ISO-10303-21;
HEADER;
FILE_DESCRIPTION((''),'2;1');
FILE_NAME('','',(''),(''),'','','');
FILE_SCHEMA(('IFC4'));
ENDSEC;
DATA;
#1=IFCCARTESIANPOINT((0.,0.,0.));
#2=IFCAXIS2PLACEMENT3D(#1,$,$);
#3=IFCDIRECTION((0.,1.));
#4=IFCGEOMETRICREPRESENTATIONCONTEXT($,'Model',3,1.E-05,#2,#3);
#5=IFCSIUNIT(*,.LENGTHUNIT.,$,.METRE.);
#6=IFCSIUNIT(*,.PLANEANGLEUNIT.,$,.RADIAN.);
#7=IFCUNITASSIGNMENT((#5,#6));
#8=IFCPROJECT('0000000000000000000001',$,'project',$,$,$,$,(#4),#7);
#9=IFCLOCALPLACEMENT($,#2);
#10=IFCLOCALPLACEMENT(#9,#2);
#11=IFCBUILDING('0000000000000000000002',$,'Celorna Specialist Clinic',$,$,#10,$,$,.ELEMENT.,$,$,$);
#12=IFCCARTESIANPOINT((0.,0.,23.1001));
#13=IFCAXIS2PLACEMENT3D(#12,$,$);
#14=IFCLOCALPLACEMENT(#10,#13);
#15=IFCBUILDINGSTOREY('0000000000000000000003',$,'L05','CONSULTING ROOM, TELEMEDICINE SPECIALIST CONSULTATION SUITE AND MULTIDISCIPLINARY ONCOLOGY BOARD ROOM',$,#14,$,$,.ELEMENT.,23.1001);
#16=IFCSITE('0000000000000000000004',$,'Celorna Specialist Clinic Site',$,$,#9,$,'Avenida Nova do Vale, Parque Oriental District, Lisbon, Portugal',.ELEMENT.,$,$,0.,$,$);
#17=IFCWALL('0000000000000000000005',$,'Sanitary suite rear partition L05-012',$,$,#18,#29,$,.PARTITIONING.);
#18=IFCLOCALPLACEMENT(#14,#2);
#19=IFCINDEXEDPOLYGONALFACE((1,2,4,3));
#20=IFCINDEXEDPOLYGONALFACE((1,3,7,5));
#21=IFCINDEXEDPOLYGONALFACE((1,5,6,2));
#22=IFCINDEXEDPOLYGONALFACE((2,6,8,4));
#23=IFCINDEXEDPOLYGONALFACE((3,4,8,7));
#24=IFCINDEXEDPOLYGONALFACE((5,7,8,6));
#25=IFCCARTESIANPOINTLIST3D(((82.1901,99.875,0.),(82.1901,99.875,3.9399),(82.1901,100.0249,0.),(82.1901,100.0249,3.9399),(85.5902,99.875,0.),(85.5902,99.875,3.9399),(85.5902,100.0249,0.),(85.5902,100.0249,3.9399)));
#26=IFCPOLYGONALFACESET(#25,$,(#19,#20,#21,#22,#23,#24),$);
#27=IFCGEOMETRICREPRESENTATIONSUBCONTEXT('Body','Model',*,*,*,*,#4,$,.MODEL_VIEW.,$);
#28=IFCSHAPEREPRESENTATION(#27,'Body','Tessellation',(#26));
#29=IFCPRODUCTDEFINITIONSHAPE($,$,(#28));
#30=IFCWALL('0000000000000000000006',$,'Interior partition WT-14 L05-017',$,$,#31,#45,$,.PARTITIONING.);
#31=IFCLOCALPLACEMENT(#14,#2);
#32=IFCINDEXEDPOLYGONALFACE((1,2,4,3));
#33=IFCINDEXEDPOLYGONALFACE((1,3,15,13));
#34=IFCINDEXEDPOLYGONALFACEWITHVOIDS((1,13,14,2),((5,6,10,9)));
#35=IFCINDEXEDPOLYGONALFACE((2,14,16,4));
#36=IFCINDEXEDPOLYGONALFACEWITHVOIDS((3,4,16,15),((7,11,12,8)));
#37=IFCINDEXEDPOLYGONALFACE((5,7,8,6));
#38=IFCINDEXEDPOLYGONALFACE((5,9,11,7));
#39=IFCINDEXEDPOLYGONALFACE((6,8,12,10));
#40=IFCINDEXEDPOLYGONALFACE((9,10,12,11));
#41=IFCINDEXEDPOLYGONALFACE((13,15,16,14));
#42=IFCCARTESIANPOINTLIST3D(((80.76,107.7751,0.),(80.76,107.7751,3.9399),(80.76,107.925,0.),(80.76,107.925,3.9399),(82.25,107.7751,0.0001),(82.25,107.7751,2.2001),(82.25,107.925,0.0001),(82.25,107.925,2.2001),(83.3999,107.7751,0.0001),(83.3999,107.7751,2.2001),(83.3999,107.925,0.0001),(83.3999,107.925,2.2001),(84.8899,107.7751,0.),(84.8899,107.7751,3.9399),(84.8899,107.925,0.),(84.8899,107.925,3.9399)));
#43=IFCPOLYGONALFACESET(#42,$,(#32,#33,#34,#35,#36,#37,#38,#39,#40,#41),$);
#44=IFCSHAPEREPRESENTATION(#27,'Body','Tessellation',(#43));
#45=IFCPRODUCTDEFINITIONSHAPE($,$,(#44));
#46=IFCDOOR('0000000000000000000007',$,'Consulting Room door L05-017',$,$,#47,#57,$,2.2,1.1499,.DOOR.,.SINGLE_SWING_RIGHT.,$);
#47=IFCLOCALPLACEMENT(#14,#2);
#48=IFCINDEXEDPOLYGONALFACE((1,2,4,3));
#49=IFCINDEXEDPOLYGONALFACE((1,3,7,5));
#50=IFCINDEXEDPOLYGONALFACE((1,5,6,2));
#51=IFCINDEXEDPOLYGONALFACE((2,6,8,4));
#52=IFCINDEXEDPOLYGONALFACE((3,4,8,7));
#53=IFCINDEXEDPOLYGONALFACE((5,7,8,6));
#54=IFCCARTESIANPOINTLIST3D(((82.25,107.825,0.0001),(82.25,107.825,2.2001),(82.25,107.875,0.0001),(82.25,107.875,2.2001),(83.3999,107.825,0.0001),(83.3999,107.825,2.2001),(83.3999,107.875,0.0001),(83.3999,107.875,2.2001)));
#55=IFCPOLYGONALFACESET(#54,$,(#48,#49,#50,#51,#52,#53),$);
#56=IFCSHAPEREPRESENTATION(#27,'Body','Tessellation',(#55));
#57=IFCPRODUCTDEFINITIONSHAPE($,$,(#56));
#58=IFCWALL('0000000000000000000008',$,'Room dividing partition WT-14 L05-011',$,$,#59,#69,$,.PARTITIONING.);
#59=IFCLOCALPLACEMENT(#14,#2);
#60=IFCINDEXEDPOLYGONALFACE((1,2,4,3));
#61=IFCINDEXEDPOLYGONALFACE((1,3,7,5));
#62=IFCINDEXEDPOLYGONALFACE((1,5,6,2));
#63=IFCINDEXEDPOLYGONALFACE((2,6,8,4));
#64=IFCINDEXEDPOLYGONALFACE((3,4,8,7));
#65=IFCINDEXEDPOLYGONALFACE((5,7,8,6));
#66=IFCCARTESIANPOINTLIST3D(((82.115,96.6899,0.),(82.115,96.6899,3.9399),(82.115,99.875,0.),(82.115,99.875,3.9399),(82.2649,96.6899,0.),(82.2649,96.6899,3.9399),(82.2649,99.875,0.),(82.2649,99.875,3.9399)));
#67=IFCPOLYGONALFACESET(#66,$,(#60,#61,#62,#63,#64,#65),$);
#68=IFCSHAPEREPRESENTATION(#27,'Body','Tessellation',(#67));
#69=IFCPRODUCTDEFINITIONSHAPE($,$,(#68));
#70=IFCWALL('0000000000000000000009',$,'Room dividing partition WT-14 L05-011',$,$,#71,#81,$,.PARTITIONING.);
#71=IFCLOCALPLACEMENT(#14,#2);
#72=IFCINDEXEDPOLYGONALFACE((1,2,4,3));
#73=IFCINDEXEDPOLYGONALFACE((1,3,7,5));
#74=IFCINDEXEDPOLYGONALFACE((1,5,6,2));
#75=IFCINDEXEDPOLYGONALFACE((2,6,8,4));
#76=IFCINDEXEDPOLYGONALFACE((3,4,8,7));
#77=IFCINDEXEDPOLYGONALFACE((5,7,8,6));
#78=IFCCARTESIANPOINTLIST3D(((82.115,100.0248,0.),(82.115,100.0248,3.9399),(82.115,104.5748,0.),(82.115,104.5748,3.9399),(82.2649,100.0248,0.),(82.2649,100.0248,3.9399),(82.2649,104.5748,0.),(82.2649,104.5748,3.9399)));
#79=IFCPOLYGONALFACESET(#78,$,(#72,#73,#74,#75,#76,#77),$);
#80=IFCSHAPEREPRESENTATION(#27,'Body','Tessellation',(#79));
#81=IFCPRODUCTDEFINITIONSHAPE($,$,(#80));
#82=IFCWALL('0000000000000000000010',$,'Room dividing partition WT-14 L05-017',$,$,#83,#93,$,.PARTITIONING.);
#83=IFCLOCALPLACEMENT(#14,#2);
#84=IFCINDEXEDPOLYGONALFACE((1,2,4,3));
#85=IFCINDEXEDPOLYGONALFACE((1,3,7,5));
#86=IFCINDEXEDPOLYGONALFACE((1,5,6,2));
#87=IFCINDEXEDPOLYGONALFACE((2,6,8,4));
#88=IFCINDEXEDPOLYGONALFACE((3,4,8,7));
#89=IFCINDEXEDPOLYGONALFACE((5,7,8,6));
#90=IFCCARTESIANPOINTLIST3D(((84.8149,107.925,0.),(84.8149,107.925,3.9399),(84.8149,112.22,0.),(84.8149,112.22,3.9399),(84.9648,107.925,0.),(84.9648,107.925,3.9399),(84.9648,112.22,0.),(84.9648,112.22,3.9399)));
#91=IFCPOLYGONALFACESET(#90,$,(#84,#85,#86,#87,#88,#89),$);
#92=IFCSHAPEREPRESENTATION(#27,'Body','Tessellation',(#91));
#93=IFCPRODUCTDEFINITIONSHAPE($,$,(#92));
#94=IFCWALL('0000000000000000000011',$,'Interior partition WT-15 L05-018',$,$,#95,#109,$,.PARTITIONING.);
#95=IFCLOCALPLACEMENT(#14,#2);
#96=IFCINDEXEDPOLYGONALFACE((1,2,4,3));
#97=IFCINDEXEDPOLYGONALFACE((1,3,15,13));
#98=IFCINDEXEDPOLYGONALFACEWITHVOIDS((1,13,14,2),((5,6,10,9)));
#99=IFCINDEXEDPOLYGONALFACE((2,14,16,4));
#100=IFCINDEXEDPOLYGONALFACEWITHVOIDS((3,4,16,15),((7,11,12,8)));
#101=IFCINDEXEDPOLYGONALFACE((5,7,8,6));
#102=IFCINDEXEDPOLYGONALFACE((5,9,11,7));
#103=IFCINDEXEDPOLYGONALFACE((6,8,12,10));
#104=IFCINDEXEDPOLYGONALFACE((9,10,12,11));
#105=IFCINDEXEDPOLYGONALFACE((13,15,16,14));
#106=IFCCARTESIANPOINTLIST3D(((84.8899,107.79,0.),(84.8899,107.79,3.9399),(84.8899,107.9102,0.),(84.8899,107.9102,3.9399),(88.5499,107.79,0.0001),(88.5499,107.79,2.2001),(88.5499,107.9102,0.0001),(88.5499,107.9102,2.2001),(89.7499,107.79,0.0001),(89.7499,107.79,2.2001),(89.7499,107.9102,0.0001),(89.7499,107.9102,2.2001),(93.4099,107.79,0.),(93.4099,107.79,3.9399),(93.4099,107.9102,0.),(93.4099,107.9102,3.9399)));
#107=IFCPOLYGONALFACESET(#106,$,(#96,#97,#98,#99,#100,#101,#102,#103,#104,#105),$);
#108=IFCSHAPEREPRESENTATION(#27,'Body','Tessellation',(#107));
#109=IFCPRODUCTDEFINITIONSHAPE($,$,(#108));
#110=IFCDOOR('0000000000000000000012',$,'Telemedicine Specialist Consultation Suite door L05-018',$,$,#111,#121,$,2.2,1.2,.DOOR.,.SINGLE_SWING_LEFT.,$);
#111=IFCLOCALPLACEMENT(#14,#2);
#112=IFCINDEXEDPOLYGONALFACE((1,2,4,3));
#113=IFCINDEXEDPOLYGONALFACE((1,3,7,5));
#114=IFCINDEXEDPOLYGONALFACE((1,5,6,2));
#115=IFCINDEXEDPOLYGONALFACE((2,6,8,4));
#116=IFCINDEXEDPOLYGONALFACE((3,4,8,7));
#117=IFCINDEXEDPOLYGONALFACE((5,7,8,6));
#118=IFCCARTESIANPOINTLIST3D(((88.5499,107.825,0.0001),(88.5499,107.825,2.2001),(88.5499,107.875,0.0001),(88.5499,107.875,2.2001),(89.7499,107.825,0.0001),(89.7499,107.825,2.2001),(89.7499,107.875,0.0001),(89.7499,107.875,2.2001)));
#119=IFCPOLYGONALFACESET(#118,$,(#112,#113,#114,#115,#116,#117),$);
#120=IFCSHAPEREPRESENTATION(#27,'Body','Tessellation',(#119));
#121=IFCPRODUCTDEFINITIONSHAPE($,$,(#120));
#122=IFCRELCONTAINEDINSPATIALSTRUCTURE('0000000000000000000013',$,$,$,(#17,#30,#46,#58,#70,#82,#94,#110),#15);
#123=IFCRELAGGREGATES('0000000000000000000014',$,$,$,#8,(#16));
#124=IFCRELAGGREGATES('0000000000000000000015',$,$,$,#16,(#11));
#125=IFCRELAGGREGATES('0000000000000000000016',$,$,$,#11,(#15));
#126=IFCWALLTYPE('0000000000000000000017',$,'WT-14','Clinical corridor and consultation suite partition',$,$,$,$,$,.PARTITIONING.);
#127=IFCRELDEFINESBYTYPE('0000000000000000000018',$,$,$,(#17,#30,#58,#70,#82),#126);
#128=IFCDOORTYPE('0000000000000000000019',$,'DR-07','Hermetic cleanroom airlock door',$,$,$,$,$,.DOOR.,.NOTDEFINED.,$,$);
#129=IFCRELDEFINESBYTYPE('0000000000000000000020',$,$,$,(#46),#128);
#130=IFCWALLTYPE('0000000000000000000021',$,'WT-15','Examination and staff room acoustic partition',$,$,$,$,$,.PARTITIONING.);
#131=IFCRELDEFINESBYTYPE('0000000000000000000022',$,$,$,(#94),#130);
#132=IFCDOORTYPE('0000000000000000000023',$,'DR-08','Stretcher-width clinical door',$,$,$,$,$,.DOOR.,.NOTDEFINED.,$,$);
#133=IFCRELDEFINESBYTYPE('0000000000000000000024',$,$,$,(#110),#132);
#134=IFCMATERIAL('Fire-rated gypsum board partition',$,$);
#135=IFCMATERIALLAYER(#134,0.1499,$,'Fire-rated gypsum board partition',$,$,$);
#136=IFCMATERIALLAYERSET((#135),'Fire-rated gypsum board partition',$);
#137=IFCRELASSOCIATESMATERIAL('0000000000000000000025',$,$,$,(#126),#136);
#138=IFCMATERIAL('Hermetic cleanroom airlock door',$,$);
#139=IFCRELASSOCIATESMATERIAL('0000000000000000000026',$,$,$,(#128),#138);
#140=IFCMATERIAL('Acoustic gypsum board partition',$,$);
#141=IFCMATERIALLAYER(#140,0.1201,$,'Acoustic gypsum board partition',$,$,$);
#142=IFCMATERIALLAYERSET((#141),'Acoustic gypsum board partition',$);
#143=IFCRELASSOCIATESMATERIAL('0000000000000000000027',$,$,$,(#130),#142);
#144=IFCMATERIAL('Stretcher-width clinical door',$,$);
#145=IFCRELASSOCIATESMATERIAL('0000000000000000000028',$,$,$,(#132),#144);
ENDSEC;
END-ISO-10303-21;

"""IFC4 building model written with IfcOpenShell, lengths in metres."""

from ifc_helpers import new_model, si_unit, direction, frame, frame_2d, origin, place, context, subcontext, project, spatial, rectangle, extrude, material, layer, layer_set, type_object, element, fill, save


model = new_model("IFC4")

# Units and contexts
model_context = context("Model", 3, precision=1e-05, world=origin(), true_north=direction((0.0, 1.0)))
body_context = subcontext(model_context, "Body", "Model", "MODEL_VIEW")
ifc_project = project(units=[si_unit("LENGTHUNIT", "METRE"), si_unit("PLANEANGLEUNIT", "RADIAN")], contexts=[model_context])

# Site, building, storey
site_placement = place(None, origin())
site = spatial("IfcSite", under=ifc_project, at=site_placement, Name="Celorna Specialist Clinic Site", LongName="Avenida Nova do Vale, Parque Oriental District, Lisbon, Portugal", CompositionType="ELEMENT", RefElevation=0.0)
building_placement = place(site_placement, origin())
building = spatial("IfcBuilding", under=site, at=building_placement, Name="Celorna Specialist Clinic", CompositionType="ELEMENT")
storey_placement = place(building_placement, frame((0.0, 0.0, 23.1001)))
storey = spatial("IfcBuildingStorey", under=building, at=storey_placement, Name="L05", Description="CONSULTING ROOM, TELEMEDICINE SPECIALIST CONSULTATION SUITE AND MULTIDISCIPLINARY ONCOLOGY BOARD ROOM", CompositionType="ELEMENT", Elevation=23.1001)

# Shared definitions
ifc_material_1 = material(Name="Fire-rated gypsum board partition")
ifc_layer_1 = layer(ifc_material_1, 0.1499, Name="Fire-rated gypsum board partition")
ifc_layer_set_1 = layer_set([ifc_layer_1], Name="Fire-rated gypsum board partition")
wall_type_1 = type_object("IfcWallType", Name="WT-14", Description="Clinical corridor and consultation suite partition", PredefinedType="PARTITIONING", material=ifc_layer_set_1)

# Wall
wall_1_placement = place(storey_placement, frame((82.1899, 99.95, 0.0), z_axis=(0.0, 0.0, 1.0), x_axis=(1.0, 0.0, 0.0)))
element("IfcWall", 1, at=wall_1_placement, inside=storey, type_object=wall_type_1, Name="Sanitary suite rear partition L05-012", PredefinedType="PARTITIONING", context=body_context, shape_type="SweptSolid", body=[
    extrude(rectangle(XDim=3.4001, YDim=0.1499, at=frame_2d((1.7002, 0.0))), origin(), (0.0, 0.0, 1.0), 3.9399),
])

# Wall, opening, door
wall_2_placement = place(storey_placement, frame((80.76, 107.8501, 0.0), z_axis=(0.0, 0.0, 1.0), x_axis=(1.0, 0.0, 0.0)))
wall_2 = element("IfcWall", 2, at=wall_2_placement, inside=storey, type_object=wall_type_1, Name="Interior partition WT-14 L05-017", PredefinedType="PARTITIONING", context=body_context, shape_type="SweptSolid", body=[
    extrude(rectangle(XDim=4.1299, YDim=0.1499, at=frame_2d((2.0649, 0.0))), origin(), (0.0, 0.0, 1.0), 3.9399),
])
opening_1_placement = place(wall_2_placement, frame((1.49, 0.0, 0.0)))
opening_1 = element("IfcOpeningElement", 3, at=opening_1_placement, cuts=wall_2, PredefinedType="OPENING", context=body_context, shape_type="SweptSolid", body=[
    extrude(rectangle(XDim=1.1499, YDim=2.2, at=frame_2d((0.575, 1.1001))), frame((0.0, 0.085, 0.0), z_axis=(0.0, -1.0, 0.0), x_axis=(1.0, 0.0, 0.0)), (0.0, 0.0, 1.0), 0.1699),
])
ifc_material_2 = material(Name="Hermetic cleanroom airlock door")
door_type_1 = type_object("IfcDoorType", Name="DR-07", Description="Hermetic cleanroom airlock door", OperationType="NOTDEFINED", PredefinedType="DOOR", material=ifc_material_2)
door_1_placement = place(opening_1_placement, origin())
door_1 = element("IfcDoor", 4, at=door_1_placement, inside=storey, type_object=door_type_1, Name="Consulting Room door L05-017", OperationType="SINGLE_SWING_RIGHT", OverallHeight=2.2, OverallWidth=1.1499, PredefinedType="DOOR", context=body_context, shape_type="SweptSolid", body=[
    extrude(rectangle(XDim=1.1499, YDim=2.2, at=frame_2d((0.575, 1.1001))), frame((0.0, 0.0249, 0.0), z_axis=(0.0, -1.0, 0.0), x_axis=(1.0, 0.0, 0.0)), (0.0, 0.0, 1.0), 0.05),
])
fill(opening_1, door_1)

# Walls
wall_3_placement = place(storey_placement, frame((82.1899, 96.6899, 0.0), z_axis=(0.0, 0.0, 1.0), x_axis=(0.0, 1.0, 0.0)))
element("IfcWall", 5, at=wall_3_placement, inside=storey, type_object=wall_type_1, Name="Room dividing partition WT-14 L05-011", PredefinedType="PARTITIONING", context=body_context, shape_type="SweptSolid", body=[
    extrude(rectangle(XDim=3.1851, YDim=0.1499, at=frame_2d((1.5925, 0.0))), origin(), (0.0, 0.0, 1.0), 3.9399),
])
wall_4_placement = place(storey_placement, frame((82.1899, 100.0249, 0.0), z_axis=(0.0, 0.0, 1.0), x_axis=(0.0, 1.0, 0.0)))
element("IfcWall", 6, at=wall_4_placement, inside=storey, type_object=wall_type_1, Name="Room dividing partition WT-14 L05-011", PredefinedType="PARTITIONING", context=body_context, shape_type="SweptSolid", body=[
    extrude(rectangle(XDim=4.55, YDim=0.1499, at=frame_2d((2.2749, 0.0))), origin(), (0.0, 0.0, 1.0), 3.9399),
])
wall_5_placement = place(storey_placement, frame((84.8899, 107.925, 0.0), z_axis=(0.0, 0.0, 1.0), x_axis=(0.0, 1.0, 0.0)))
element("IfcWall", 7, at=wall_5_placement, inside=storey, type_object=wall_type_1, Name="Room dividing partition WT-14 L05-017", PredefinedType="PARTITIONING", context=body_context, shape_type="SweptSolid", body=[
    extrude(rectangle(XDim=4.2949, YDim=0.1499, at=frame_2d((2.1475, 0.0))), origin(), (0.0, 0.0, 1.0), 3.9399),
])

# Wall, opening, door
ifc_material_3 = material(Name="Acoustic gypsum board partition")
ifc_layer_2 = layer(ifc_material_3, 0.1201, Name="Acoustic gypsum board partition")
ifc_layer_set_2 = layer_set([ifc_layer_2], Name="Acoustic gypsum board partition")
wall_type_2 = type_object("IfcWallType", Name="WT-15", Description="Examination and staff room acoustic partition", PredefinedType="PARTITIONING", material=ifc_layer_set_2)
wall_6_placement = place(storey_placement, frame((84.8899, 107.8501, 0.0), z_axis=(0.0, 0.0, 1.0), x_axis=(1.0, 0.0, 0.0)))
wall_6 = element("IfcWall", 8, at=wall_6_placement, inside=storey, type_object=wall_type_2, Name="Interior partition WT-15 L05-018", PredefinedType="PARTITIONING", context=body_context, shape_type="SweptSolid", body=[
    extrude(rectangle(XDim=8.52, YDim=0.1201, at=frame_2d((4.26, 0.0))), origin(), (0.0, 0.0, 1.0), 3.9399),
])
opening_2_placement = place(wall_6_placement, frame((3.6599, 0.0, 0.0)))
opening_2 = element("IfcOpeningElement", 9, at=opening_2_placement, cuts=wall_6, PredefinedType="OPENING", context=body_context, shape_type="SweptSolid", body=[
    extrude(rectangle(XDim=1.2, YDim=2.2, at=frame_2d((0.6001, 1.1001))), frame((0.0, 0.0701, 0.0), z_axis=(0.0, -1.0, 0.0), x_axis=(1.0, 0.0, 0.0)), (0.0, 0.0, 1.0), 0.1401),
])
ifc_material_4 = material(Name="Stretcher-width clinical door")
door_type_2 = type_object("IfcDoorType", Name="DR-08", Description="Stretcher-width clinical door", OperationType="NOTDEFINED", PredefinedType="DOOR", material=ifc_material_4)
door_2_placement = place(opening_2_placement, origin())
door_2 = element("IfcDoor", 10, at=door_2_placement, inside=storey, type_object=door_type_2, Name="Telemedicine Specialist Consultation Suite door L05-018", OperationType="SINGLE_SWING_LEFT", OverallHeight=2.2, OverallWidth=1.2, PredefinedType="DOOR", context=body_context, shape_type="SweptSolid", body=[
    extrude(rectangle(XDim=1.2, YDim=2.2, at=frame_2d((0.6001, 1.1001))), frame((0.0, 0.0249, 0.0), z_axis=(0.0, -1.0, 0.0), x_axis=(1.0, 0.0, 0.0)), (0.0, 0.0, 1.0), 0.05),
])
fill(opening_2, door_2)

save(model, "model.ifc")
